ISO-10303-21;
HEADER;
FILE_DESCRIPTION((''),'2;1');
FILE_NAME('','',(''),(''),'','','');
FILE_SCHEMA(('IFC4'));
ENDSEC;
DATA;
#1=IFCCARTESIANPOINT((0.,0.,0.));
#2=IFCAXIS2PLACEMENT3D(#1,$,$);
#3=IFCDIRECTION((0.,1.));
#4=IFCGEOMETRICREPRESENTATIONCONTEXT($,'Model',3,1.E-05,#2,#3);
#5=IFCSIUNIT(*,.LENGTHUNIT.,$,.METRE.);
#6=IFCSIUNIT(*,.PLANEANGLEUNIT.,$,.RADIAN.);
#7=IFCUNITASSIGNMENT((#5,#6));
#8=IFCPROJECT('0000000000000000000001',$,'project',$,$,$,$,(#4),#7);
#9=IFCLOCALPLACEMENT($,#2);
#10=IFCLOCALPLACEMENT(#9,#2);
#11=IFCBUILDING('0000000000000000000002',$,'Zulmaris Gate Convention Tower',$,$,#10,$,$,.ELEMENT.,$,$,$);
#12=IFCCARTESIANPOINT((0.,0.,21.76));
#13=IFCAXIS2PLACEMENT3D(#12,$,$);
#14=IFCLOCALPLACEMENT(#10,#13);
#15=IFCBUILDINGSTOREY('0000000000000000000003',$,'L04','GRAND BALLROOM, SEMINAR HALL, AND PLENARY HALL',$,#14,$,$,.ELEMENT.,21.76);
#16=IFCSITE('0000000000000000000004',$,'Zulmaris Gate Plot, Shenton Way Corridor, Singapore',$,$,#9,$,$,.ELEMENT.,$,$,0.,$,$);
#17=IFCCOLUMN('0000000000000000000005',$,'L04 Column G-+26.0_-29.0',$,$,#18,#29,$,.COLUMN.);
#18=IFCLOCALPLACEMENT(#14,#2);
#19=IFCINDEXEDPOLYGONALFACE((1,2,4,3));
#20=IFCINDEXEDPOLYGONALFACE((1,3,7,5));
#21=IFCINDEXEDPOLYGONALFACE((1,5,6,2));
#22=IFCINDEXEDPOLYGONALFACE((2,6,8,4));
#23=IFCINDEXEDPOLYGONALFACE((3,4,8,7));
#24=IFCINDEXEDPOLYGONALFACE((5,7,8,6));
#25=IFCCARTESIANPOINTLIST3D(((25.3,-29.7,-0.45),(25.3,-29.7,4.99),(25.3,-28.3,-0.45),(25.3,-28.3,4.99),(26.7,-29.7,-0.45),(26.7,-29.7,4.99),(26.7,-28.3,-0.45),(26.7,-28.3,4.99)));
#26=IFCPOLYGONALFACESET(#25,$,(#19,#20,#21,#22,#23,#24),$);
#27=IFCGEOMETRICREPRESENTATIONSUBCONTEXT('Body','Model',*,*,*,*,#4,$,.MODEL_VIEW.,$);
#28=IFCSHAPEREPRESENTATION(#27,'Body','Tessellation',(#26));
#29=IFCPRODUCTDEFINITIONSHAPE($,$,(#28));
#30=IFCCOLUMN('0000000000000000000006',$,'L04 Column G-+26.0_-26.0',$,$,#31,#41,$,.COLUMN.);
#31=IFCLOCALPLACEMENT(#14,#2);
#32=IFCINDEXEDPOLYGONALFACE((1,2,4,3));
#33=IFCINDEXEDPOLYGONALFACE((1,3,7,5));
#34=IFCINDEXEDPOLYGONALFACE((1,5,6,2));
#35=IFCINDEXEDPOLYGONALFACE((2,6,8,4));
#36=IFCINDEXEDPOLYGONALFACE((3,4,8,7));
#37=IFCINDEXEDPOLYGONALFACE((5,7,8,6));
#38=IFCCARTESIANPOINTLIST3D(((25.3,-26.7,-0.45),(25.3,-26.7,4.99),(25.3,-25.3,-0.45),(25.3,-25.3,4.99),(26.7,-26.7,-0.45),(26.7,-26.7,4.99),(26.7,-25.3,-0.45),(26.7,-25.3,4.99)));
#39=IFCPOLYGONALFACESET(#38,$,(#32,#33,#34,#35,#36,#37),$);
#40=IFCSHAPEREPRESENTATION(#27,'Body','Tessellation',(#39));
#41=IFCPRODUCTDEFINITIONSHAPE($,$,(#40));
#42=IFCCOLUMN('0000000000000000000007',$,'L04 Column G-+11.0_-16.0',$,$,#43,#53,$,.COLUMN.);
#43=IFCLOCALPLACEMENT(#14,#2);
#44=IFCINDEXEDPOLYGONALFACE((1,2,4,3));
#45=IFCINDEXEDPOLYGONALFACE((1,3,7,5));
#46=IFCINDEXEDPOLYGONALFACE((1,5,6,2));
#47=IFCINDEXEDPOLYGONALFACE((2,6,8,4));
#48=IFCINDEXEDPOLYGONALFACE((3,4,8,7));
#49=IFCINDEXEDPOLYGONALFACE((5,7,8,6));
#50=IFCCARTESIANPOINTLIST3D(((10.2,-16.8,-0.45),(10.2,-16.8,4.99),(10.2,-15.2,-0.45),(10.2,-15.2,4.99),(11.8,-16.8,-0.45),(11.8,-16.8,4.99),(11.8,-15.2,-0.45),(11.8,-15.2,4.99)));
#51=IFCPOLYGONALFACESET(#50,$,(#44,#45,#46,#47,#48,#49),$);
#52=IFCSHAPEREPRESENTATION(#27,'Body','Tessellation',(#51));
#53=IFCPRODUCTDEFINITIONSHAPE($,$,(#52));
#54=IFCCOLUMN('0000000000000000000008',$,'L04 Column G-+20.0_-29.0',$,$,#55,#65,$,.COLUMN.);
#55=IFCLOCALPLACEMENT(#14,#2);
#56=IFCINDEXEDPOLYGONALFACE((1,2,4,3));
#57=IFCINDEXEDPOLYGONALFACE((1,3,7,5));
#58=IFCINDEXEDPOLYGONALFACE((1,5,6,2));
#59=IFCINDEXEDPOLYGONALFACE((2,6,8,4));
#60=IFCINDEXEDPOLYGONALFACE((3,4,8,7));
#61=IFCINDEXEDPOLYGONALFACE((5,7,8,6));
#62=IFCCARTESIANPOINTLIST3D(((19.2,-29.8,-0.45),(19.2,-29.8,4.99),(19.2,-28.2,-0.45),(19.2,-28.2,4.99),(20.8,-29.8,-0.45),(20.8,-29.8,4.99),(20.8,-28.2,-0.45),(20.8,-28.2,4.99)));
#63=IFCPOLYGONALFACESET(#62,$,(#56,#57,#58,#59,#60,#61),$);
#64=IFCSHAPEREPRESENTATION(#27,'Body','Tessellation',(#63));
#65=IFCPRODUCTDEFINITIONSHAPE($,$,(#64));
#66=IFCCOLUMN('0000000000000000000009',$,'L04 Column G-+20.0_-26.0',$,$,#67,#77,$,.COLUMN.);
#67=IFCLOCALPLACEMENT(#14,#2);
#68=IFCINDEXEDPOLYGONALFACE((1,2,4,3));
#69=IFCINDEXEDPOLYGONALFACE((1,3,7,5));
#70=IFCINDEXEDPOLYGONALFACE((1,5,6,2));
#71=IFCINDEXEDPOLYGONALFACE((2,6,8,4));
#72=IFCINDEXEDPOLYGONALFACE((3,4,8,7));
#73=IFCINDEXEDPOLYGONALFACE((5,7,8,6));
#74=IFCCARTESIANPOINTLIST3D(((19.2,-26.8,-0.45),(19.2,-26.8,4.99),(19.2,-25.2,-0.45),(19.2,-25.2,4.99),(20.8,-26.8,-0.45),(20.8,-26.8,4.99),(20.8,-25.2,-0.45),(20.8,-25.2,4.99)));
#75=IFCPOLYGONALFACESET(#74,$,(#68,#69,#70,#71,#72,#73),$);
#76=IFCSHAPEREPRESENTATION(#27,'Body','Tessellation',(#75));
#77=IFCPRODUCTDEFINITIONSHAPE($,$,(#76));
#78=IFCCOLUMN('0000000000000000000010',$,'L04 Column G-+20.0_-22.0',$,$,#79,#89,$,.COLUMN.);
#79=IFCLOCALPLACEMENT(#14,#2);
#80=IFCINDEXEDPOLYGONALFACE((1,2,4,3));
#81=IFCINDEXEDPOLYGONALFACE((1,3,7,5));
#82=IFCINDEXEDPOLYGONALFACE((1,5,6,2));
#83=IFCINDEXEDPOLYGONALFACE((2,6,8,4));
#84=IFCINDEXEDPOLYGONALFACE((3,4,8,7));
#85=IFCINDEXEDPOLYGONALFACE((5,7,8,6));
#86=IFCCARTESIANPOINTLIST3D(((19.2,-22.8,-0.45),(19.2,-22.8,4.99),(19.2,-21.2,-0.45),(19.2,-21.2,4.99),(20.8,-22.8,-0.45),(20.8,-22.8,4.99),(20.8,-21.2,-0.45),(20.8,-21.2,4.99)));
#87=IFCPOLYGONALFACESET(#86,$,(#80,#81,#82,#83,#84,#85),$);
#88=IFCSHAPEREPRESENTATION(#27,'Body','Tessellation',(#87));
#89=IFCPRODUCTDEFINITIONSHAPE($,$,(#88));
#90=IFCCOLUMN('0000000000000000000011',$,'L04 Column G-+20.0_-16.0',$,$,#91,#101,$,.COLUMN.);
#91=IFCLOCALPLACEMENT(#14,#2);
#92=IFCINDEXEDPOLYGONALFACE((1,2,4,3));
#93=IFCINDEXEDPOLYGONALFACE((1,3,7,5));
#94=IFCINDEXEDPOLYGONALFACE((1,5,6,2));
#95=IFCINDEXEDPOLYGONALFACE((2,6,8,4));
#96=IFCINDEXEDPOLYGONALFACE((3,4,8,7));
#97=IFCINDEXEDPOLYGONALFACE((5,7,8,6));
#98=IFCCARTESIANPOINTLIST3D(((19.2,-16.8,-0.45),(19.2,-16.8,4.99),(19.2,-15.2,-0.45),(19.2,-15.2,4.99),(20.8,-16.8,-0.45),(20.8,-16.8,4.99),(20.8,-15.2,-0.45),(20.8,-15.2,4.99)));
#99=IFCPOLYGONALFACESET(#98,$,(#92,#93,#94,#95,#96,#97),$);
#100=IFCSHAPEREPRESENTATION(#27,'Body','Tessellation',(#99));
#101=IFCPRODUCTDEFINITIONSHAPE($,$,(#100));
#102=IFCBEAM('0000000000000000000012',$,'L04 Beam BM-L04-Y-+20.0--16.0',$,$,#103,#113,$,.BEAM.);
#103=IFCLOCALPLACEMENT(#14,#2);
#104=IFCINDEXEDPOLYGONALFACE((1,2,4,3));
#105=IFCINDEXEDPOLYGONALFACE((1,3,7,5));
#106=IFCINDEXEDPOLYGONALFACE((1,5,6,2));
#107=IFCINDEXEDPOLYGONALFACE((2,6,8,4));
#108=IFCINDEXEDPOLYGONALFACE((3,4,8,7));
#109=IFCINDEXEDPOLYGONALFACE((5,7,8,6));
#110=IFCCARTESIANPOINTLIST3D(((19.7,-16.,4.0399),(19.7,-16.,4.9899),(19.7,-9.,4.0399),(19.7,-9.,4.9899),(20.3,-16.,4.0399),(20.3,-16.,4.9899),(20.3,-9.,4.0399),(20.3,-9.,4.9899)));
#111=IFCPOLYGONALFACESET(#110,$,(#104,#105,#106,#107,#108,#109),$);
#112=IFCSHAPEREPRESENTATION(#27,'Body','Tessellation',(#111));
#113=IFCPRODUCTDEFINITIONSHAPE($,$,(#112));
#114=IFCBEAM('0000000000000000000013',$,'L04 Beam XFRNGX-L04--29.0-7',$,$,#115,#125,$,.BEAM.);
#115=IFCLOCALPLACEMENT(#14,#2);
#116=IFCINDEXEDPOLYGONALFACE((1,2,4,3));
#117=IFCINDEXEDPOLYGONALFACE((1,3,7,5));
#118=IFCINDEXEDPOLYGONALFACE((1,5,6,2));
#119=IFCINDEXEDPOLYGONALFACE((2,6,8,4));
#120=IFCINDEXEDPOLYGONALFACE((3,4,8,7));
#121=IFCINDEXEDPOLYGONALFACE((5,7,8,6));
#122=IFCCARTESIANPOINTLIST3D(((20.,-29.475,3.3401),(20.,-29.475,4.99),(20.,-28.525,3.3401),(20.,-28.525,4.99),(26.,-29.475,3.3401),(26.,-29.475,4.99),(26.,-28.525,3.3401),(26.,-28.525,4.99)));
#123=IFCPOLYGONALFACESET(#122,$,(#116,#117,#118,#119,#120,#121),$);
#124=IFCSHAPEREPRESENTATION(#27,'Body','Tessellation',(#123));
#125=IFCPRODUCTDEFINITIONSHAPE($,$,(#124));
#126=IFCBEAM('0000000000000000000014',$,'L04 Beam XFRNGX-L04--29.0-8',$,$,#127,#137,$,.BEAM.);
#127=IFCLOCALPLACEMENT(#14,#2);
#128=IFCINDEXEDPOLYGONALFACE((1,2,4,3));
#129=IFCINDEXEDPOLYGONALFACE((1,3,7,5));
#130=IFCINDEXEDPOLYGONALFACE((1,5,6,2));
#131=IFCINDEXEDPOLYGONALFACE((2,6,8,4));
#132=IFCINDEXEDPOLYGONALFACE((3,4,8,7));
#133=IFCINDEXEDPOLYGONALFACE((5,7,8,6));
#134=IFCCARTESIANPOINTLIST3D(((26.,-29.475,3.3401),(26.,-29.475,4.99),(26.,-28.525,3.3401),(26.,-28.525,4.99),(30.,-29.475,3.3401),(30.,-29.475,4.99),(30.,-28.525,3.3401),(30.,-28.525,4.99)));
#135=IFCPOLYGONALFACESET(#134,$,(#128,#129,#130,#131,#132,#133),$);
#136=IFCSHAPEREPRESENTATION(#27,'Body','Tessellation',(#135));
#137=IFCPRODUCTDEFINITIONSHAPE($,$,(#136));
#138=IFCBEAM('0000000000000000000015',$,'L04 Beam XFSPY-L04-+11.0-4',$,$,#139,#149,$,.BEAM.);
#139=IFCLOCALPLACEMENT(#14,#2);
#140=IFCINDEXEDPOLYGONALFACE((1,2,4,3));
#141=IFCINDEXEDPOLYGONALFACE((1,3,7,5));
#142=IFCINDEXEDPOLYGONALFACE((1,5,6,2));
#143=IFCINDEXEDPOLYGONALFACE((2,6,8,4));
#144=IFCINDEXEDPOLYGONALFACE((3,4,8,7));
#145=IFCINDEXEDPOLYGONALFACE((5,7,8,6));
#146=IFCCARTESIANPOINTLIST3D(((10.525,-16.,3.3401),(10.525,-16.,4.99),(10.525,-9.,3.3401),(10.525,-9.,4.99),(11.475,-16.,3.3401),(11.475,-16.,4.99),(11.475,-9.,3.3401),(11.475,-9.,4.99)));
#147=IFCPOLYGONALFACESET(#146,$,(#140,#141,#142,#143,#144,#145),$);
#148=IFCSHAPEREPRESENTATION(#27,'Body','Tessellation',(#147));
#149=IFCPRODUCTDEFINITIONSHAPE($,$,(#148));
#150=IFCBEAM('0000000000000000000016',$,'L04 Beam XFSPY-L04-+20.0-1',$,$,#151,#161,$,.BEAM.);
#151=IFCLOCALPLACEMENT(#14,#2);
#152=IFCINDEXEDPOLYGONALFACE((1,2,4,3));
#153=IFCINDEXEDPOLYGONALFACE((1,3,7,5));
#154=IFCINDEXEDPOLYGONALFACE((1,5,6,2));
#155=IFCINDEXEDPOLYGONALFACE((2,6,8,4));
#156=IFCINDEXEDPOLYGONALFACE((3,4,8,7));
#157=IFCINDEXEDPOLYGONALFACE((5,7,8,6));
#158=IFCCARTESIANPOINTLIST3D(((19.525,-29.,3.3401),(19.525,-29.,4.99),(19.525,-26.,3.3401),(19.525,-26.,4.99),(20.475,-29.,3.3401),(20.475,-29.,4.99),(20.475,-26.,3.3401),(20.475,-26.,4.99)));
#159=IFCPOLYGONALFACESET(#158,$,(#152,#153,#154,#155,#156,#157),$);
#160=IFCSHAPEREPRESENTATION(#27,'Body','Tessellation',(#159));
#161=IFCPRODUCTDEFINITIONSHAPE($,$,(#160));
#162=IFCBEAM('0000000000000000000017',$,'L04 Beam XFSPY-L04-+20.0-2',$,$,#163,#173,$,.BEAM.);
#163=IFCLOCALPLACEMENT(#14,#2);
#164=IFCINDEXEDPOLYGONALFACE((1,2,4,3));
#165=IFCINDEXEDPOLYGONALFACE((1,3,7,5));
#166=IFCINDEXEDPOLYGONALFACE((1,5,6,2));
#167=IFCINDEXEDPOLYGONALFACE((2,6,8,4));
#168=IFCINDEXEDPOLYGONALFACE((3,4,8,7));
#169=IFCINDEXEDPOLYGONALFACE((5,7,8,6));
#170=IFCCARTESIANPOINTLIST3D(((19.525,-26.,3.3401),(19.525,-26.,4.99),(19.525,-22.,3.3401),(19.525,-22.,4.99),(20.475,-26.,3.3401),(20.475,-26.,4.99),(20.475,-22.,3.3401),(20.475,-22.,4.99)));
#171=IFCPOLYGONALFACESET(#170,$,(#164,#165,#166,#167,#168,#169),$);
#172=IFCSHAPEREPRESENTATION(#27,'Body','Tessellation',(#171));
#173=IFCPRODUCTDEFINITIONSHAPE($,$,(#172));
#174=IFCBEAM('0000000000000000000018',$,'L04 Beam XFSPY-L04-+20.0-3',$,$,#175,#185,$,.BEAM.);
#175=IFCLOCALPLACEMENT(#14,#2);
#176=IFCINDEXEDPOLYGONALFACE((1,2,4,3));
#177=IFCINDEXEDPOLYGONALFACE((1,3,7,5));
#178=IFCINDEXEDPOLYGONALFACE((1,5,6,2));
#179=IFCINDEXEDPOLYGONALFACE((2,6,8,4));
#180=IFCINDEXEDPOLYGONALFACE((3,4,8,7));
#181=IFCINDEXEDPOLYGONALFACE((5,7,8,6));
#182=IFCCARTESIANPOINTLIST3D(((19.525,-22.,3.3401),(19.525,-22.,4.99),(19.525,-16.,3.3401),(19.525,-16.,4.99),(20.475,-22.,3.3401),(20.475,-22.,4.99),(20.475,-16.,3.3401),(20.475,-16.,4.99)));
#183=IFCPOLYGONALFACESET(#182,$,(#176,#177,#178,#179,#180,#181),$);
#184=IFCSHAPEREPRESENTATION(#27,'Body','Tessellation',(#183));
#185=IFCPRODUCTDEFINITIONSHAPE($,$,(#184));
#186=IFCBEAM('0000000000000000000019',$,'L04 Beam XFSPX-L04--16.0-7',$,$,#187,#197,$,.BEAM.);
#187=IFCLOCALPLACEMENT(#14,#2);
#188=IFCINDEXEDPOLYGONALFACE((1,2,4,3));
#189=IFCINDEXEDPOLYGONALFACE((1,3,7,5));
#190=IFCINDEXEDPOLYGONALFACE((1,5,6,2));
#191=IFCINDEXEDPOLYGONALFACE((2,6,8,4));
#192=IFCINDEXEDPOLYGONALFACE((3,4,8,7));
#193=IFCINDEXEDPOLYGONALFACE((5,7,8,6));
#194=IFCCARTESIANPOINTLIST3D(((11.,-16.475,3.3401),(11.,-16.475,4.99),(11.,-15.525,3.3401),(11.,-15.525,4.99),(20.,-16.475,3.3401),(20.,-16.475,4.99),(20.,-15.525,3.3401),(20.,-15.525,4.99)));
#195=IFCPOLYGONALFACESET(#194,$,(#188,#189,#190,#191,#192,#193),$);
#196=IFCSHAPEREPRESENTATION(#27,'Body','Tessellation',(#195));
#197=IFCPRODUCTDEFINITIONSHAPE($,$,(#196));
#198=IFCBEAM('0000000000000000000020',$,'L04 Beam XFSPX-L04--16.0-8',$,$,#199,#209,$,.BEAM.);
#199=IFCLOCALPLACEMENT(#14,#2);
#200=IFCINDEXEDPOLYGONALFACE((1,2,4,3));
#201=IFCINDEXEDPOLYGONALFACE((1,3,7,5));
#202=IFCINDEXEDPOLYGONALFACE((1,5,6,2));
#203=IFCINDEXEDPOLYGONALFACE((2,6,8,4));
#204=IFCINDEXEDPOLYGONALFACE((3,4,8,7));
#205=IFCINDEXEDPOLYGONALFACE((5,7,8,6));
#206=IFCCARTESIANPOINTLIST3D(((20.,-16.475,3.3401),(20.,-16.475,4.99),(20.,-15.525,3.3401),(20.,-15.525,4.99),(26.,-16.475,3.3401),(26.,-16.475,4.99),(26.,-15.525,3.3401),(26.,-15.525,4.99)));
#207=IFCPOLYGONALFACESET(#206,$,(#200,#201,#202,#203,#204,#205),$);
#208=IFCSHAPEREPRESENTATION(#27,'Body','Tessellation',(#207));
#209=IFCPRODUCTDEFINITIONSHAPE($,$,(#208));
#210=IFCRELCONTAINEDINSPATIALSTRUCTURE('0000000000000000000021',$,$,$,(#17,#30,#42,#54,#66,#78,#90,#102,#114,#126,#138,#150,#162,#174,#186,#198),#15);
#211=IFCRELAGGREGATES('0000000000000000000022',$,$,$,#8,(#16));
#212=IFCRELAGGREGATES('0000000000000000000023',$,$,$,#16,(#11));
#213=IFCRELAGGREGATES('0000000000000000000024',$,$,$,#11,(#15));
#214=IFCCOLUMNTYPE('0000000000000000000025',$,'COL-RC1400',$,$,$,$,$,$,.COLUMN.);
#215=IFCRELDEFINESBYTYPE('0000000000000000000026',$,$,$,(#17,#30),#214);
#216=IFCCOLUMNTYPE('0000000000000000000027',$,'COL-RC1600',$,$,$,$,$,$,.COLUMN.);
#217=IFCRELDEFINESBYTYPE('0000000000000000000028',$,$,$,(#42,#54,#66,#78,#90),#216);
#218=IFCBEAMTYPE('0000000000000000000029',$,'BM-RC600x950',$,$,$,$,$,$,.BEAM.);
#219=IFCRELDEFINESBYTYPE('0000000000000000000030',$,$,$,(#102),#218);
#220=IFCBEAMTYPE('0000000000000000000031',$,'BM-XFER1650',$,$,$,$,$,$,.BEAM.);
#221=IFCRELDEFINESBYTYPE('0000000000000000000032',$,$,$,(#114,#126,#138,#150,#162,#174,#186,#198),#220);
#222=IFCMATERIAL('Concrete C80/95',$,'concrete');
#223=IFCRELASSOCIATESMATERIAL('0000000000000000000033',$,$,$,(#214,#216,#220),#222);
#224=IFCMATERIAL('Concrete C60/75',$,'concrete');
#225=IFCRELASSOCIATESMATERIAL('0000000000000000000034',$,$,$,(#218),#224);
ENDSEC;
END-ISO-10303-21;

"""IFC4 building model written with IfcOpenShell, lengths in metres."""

from ifc_helpers import new_model, si_unit, direction, frame, origin, origin_2d, place, context, subcontext, project, spatial, rectangle, extrude, material, material_profile, profile_set, type_object, element, save


model = new_model("IFC4")

# Units and contexts
model_context = context("Model", 3, precision=1e-05, world=origin(), true_north=direction((0.0, 1.0)))
body_context = subcontext(model_context, "Body", "Model", "MODEL_VIEW")
ifc_project = project(units=[si_unit("LENGTHUNIT", "METRE"), si_unit("PLANEANGLEUNIT", "RADIAN")], contexts=[model_context])

# Site, building, storey
site_placement = place(None, origin())
site = spatial("IfcSite", under=ifc_project, at=site_placement, Name="Zulmaris Gate Plot, Shenton Way Corridor, Singapore", CompositionType="ELEMENT", RefElevation=0.0)
building_placement = place(site_placement, origin())
building = spatial("IfcBuilding", under=site, at=building_placement, Name="Zulmaris Gate Convention Tower", CompositionType="ELEMENT")
storey_placement = place(building_placement, frame((0.0, 0.0, 21.76)))
storey = spatial("IfcBuildingStorey", under=building, at=storey_placement, Name="L04", Description="GRAND BALLROOM, SEMINAR HALL, AND PLENARY HALL", CompositionType="ELEMENT", Elevation=21.76)

# Columns
ifc_material_1 = material(Name="Concrete C80/95", Category="concrete")
ifc_material_profile_1 = material_profile(ifc_material_1, rectangle(XDim=1.3999, YDim=1.3999, at=origin_2d()), Name="RC COL 1400x1400")
ifc_profile_set_1 = profile_set([ifc_material_profile_1], Name="Concrete C80/95")
column_type_1 = type_object("IfcColumnType", Name="COL-RC1400", PredefinedType="COLUMN", material=ifc_profile_set_1)
for number, where, z_axis, x_axis, name in (
    (1, (26.0, -29.0, -0.45), (0.0, 0.0, 1.0), (1.0, 0.0, 0.0), "L04 Column G-+26.0_-29.0"),
    (2, (26.0, -26.0, -0.45), (0.0, 0.0, 1.0), (1.0, 0.0, 0.0), "L04 Column G-+26.0_-26.0"),
):
    element("IfcColumn", number, at=place(storey_placement, frame(where, z_axis=z_axis, x_axis=x_axis)), inside=storey, type_object=column_type_1, Name=name, PredefinedType="COLUMN", context=body_context, shape_type="SweptSolid", body=[
        extrude(rectangle(XDim=1.3999, YDim=1.3999, at=origin_2d()), origin(), (0.0, 0.0, 1.0), 5.4399),
    ])
ifc_material_profile_2 = material_profile(ifc_material_1, rectangle(XDim=1.6001, YDim=1.6001, at=origin_2d()), Name="RC COL 1600x1600")
ifc_profile_set_2 = profile_set([ifc_material_profile_2], Name="Concrete C80/95")
column_type_2 = type_object("IfcColumnType", Name="COL-RC1600", PredefinedType="COLUMN", material=ifc_profile_set_2)
for number, where, z_axis, x_axis, name in (
    (3, (11.0, -16.0, -0.45), (0.0, 0.0, 1.0), (1.0, 0.0, 0.0), "L04 Column G-+11.0_-16.0"),
    (4, (20.0, -29.0, -0.45), (0.0, 0.0, 1.0), (1.0, 0.0, 0.0), "L04 Column G-+20.0_-29.0"),
    (5, (20.0, -26.0, -0.45), (0.0, 0.0, 1.0), (1.0, 0.0, 0.0), "L04 Column G-+20.0_-26.0"),
    (6, (20.0, -22.0, -0.45), (0.0, 0.0, 1.0), (1.0, 0.0, 0.0), "L04 Column G-+20.0_-22.0"),
    (7, (20.0, -16.0, -0.45), (0.0, 0.0, 1.0), (1.0, 0.0, 0.0), "L04 Column G-+20.0_-16.0"),
):
    element("IfcColumn", number, at=place(storey_placement, frame(where, z_axis=z_axis, x_axis=x_axis)), inside=storey, type_object=column_type_2, Name=name, PredefinedType="COLUMN", context=body_context, shape_type="SweptSolid", body=[
        extrude(rectangle(XDim=1.6001, YDim=1.6001, at=origin_2d()), origin(), (0.0, 0.0, 1.0), 5.4399),
    ])

# Beams
ifc_material_2 = material(Name="Concrete C60/75", Category="concrete")
ifc_material_profile_3 = material_profile(ifc_material_2, rectangle(XDim=0.6001, YDim=0.95, at=origin_2d()), Name="RC BEAM 600x950")
ifc_profile_set_3 = profile_set([ifc_material_profile_3], Name="Concrete C60/75")
beam_type_1 = type_object("IfcBeamType", Name="BM-RC600x950", PredefinedType="BEAM", material=ifc_profile_set_3)
beam_1_placement = place(storey_placement, frame((20.0, -16.0, 4.5149), z_axis=(0.0, 1.0, 0.0), x_axis=(-1.0, 0.0, 0.0)))
element("IfcBeam", 8, at=beam_1_placement, inside=storey, type_object=beam_type_1, Name="L04 Beam BM-L04-Y-+20.0--16.0", PredefinedType="BEAM", context=body_context, shape_type="SweptSolid", body=[
    extrude(rectangle(XDim=0.6001, YDim=0.95, at=origin_2d()), origin(), (0.0, 0.0, 1.0), 7.0),
])
ifc_material_profile_4 = material_profile(ifc_material_1, rectangle(XDim=0.95, YDim=1.6499, at=origin_2d()), Name="RC TRANSFER 950x1650")
ifc_profile_set_4 = profile_set([ifc_material_profile_4], Name="Concrete C80/95")
beam_type_2 = type_object("IfcBeamType", Name="BM-XFER1650", PredefinedType="BEAM", material=ifc_profile_set_4)
beam_2_placement = place(storey_placement, frame((20.0, -29.0, 4.165), z_axis=(1.0, 0.0, 0.0), x_axis=(0.0, 1.0, 0.0)))
element("IfcBeam", 9, at=beam_2_placement, inside=storey, type_object=beam_type_2, Name="L04 Beam XFRNGX-L04--29.0-7", PredefinedType="BEAM", context=body_context, shape_type="SweptSolid", body=[
    extrude(rectangle(XDim=0.95, YDim=1.6499, at=origin_2d()), origin(), (0.0, 0.0, 1.0), 6.0),
])
beam_3_placement = place(storey_placement, frame((26.0, -29.0, 4.165), z_axis=(1.0, 0.0, 0.0), x_axis=(0.0, 1.0, 0.0)))
element("IfcBeam", 10, at=beam_3_placement, inside=storey, type_object=beam_type_2, Name="L04 Beam XFRNGX-L04--29.0-8", PredefinedType="BEAM", context=body_context, shape_type="SweptSolid", body=[
    extrude(rectangle(XDim=0.95, YDim=1.6499, at=origin_2d()), origin(), (0.0, 0.0, 1.0), 4.0),
])
beam_4_placement = place(storey_placement, frame((11.0, -16.0, 4.165), z_axis=(0.0, 1.0, 0.0), x_axis=(-1.0, 0.0, 0.0)))
element("IfcBeam", 11, at=beam_4_placement, inside=storey, type_object=beam_type_2, Name="L04 Beam XFSPY-L04-+11.0-4", PredefinedType="BEAM", context=body_context, shape_type="SweptSolid", body=[
    extrude(rectangle(XDim=0.95, YDim=1.6499, at=origin_2d()), origin(), (0.0, 0.0, 1.0), 7.0),
])
beam_5_placement = place(storey_placement, frame((20.0, -29.0, 4.165), z_axis=(0.0, 1.0, 0.0), x_axis=(-1.0, 0.0, 0.0)))
element("IfcBeam", 12, at=beam_5_placement, inside=storey, type_object=beam_type_2, Name="L04 Beam XFSPY-L04-+20.0-1", PredefinedType="BEAM", context=body_context, shape_type="SweptSolid", body=[
    extrude(rectangle(XDim=0.95, YDim=1.6499, at=origin_2d()), origin(), (0.0, 0.0, 1.0), 3.0),
])
beam_6_placement = place(storey_placement, frame((20.0, -26.0, 4.165), z_axis=(0.0, 1.0, 0.0), x_axis=(-1.0, 0.0, 0.0)))
element("IfcBeam", 13, at=beam_6_placement, inside=storey, type_object=beam_type_2, Name="L04 Beam XFSPY-L04-+20.0-2", PredefinedType="BEAM", context=body_context, shape_type="SweptSolid", body=[
    extrude(rectangle(XDim=0.95, YDim=1.6499, at=origin_2d()), origin(), (0.0, 0.0, 1.0), 4.0),
])
beam_7_placement = place(storey_placement, frame((20.0, -22.0, 4.165), z_axis=(0.0, 1.0, 0.0), x_axis=(-1.0, 0.0, 0.0)))
element("IfcBeam", 14, at=beam_7_placement, inside=storey, type_object=beam_type_2, Name="L04 Beam XFSPY-L04-+20.0-3", PredefinedType="BEAM", context=body_context, shape_type="SweptSolid", body=[
    extrude(rectangle(XDim=0.95, YDim=1.6499, at=origin_2d()), origin(), (0.0, 0.0, 1.0), 6.0),
])
beam_8_placement = place(storey_placement, frame((11.0, -16.0, 4.165), z_axis=(1.0, 0.0, 0.0), x_axis=(0.0, 1.0, 0.0)))
element("IfcBeam", 15, at=beam_8_placement, inside=storey, type_object=beam_type_2, Name="L04 Beam XFSPX-L04--16.0-7", PredefinedType="BEAM", context=body_context, shape_type="SweptSolid", body=[
    extrude(rectangle(XDim=0.95, YDim=1.6499, at=origin_2d()), origin(), (0.0, 0.0, 1.0), 9.0),
])
beam_9_placement = place(storey_placement, frame((20.0, -16.0, 4.165), z_axis=(1.0, 0.0, 0.0), x_axis=(0.0, 1.0, 0.0)))
element("IfcBeam", 16, at=beam_9_placement, inside=storey, type_object=beam_type_2, Name="L04 Beam XFSPX-L04--16.0-8", PredefinedType="BEAM", context=body_context, shape_type="SweptSolid", body=[
    extrude(rectangle(XDim=0.95, YDim=1.6499, at=origin_2d()), origin(), (0.0, 0.0, 1.0), 6.0),
])

save(model, "model.ifc")
